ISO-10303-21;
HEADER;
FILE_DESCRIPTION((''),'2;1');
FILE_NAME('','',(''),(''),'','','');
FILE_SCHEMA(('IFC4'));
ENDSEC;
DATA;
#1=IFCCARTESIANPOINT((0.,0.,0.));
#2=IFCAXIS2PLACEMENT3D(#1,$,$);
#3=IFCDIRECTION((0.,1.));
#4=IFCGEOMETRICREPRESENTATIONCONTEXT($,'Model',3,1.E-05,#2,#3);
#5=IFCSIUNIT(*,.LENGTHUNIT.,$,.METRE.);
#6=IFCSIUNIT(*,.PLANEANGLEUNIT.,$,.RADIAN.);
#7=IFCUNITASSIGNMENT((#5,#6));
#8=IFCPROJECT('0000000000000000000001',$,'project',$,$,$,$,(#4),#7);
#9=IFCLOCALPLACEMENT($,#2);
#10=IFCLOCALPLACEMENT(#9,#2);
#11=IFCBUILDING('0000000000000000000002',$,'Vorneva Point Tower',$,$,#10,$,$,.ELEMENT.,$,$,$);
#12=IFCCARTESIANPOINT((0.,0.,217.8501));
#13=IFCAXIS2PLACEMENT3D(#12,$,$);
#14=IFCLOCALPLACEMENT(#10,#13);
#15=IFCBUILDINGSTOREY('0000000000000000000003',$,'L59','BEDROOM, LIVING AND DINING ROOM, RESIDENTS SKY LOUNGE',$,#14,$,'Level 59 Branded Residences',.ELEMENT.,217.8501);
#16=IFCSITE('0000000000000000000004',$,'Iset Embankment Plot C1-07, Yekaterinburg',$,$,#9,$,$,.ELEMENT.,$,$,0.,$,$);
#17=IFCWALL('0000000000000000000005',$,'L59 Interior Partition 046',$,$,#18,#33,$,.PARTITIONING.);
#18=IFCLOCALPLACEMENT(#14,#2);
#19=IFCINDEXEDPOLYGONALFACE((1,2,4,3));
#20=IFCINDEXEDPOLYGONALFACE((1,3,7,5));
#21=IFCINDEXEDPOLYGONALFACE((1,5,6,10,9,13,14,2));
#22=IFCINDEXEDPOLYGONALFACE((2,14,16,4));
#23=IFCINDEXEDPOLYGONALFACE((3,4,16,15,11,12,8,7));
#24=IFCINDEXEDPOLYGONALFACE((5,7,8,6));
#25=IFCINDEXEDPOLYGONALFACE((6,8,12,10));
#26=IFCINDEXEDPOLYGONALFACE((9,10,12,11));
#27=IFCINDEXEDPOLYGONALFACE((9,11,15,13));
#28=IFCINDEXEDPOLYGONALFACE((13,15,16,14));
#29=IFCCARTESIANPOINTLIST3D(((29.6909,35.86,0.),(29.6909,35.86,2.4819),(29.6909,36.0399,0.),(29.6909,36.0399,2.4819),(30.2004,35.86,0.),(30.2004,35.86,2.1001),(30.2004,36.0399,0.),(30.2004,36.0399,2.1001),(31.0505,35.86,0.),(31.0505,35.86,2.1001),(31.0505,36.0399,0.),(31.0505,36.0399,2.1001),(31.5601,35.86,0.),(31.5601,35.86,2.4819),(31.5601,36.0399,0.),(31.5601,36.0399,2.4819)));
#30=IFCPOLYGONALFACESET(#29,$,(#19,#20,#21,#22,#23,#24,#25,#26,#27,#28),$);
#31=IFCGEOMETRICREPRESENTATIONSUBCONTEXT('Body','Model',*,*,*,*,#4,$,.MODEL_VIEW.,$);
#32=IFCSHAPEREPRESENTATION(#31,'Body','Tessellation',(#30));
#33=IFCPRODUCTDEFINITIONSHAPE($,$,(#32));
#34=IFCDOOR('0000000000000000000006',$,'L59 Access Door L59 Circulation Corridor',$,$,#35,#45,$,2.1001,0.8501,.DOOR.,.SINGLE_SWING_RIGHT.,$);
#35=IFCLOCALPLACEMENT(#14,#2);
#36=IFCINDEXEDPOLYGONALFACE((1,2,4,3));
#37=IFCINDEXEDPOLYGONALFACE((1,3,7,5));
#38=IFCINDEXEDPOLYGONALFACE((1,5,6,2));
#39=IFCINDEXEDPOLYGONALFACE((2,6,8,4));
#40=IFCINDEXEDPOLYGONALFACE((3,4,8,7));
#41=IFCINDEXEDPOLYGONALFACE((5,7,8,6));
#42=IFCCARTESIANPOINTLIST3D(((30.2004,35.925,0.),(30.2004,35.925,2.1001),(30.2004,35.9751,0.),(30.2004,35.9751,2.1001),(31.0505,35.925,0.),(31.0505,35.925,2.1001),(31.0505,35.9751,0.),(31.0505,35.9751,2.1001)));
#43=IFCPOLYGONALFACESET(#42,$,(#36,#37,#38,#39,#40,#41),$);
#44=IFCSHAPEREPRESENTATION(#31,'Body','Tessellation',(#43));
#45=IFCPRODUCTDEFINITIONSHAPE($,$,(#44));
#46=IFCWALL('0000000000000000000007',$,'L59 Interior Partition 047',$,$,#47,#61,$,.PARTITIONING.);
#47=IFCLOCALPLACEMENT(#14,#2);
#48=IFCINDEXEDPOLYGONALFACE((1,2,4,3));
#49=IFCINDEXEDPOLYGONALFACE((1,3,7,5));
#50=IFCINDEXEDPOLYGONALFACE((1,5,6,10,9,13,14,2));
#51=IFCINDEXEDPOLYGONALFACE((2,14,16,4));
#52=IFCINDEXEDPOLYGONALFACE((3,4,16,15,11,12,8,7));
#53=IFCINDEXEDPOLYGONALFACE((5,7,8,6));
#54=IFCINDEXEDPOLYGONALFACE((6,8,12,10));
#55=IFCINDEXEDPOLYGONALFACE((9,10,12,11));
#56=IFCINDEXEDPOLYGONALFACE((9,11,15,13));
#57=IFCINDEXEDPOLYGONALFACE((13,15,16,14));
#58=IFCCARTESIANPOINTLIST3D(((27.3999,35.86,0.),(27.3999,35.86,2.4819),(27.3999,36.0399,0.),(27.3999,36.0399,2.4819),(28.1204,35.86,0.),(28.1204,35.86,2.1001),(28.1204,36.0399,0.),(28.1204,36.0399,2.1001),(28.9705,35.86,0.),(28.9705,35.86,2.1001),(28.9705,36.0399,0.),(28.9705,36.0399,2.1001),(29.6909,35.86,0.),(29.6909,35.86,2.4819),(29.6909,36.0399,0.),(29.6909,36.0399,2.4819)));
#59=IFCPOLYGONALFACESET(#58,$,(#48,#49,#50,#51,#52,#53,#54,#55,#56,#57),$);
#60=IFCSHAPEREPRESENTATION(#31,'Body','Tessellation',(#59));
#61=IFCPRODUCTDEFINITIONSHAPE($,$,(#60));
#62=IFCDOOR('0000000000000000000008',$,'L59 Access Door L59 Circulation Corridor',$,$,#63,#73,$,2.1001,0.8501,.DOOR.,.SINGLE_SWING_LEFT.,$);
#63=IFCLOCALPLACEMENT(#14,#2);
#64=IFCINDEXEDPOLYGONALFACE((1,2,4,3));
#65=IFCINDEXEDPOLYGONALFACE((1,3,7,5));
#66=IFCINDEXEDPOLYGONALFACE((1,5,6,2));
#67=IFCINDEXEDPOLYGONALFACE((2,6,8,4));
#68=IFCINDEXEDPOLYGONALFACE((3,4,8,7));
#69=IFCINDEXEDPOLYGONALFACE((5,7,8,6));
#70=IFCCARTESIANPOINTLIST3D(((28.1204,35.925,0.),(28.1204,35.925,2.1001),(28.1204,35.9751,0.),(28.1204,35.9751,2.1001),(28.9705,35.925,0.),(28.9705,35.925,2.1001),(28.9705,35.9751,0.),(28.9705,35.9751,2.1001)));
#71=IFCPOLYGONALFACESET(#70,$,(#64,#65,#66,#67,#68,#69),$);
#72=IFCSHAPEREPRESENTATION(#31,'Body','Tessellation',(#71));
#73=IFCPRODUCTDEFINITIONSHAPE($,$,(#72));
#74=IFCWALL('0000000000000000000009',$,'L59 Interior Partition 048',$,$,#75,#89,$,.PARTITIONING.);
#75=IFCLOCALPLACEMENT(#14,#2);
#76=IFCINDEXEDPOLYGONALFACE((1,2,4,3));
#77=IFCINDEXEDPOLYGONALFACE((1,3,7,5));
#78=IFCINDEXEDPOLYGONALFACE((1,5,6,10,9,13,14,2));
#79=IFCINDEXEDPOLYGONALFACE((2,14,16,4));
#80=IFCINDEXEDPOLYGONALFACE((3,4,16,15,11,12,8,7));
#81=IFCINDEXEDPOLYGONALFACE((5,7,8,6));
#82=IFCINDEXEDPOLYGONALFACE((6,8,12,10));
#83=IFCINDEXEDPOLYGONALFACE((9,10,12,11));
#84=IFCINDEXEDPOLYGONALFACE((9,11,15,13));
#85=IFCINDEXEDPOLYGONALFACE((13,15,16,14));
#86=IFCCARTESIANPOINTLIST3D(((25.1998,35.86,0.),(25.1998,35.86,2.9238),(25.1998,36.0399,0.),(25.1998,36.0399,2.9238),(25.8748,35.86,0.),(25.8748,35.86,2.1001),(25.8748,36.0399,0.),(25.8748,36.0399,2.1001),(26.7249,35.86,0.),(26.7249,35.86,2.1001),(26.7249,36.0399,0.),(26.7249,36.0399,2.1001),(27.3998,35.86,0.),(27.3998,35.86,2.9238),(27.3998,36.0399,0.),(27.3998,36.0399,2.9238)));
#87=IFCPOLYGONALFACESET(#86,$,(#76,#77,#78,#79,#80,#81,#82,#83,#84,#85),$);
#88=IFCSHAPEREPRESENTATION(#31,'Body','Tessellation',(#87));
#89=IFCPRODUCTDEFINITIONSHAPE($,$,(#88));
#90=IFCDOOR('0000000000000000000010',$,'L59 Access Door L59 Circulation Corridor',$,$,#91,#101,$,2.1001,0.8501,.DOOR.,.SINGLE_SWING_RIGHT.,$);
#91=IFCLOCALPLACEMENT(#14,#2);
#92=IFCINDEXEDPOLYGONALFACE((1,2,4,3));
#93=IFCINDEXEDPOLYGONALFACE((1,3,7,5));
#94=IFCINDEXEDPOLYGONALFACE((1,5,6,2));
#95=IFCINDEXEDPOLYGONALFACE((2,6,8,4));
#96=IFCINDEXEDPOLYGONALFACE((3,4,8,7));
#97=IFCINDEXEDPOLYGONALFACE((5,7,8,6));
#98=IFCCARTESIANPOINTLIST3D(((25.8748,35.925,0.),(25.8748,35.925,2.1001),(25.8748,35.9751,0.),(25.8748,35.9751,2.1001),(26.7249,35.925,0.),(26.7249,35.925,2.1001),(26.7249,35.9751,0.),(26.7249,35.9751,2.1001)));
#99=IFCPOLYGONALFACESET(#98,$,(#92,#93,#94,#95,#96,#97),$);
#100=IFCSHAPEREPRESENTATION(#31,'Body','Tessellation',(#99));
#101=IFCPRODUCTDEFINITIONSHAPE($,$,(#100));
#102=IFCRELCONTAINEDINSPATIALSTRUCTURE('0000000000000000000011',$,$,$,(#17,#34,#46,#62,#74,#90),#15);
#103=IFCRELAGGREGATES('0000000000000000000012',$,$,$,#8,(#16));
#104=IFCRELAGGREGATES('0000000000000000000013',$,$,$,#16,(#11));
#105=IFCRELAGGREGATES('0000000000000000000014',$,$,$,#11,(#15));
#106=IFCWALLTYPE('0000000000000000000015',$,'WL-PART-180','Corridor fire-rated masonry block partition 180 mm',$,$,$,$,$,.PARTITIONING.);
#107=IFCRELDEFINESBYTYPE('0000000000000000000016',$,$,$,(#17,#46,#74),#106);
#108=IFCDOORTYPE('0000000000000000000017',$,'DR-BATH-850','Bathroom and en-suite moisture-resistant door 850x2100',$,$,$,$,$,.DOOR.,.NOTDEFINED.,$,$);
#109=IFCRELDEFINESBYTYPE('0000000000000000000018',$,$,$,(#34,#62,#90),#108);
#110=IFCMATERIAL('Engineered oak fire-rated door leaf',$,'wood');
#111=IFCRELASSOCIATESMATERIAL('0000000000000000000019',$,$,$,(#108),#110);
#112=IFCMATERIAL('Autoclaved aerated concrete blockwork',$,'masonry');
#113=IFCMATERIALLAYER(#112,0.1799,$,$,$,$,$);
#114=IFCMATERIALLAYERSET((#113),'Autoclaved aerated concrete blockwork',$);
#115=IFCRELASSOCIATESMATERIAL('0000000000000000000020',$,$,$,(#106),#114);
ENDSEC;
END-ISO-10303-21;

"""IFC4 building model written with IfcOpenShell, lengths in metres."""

from ifc_helpers import new_model, si_unit, direction, frame, frame_2d, origin, place, context, subcontext, project, spatial, rectangle, extrude, material, layer, layer_set, type_object, element, fill, save


model = new_model("IFC4")

# Units and contexts
model_context = context("Model", 3, precision=1e-05, world=origin(), true_north=direction((0.0, 1.0)))
body_context = subcontext(model_context, "Body", "Model", "MODEL_VIEW")
ifc_project = project(units=[si_unit("LENGTHUNIT", "METRE"), si_unit("PLANEANGLEUNIT", "RADIAN")], contexts=[model_context])

# Site, building, storey
site_placement = place(None, origin())
site = spatial("IfcSite", under=ifc_project, at=site_placement, Name="Iset Embankment Plot C1-07, Yekaterinburg", CompositionType="ELEMENT", RefElevation=0.0)
building_placement = place(site_placement, origin())
building = spatial("IfcBuilding", under=site, at=building_placement, Name="Vorneva Point Tower", CompositionType="ELEMENT")
storey_placement = place(building_placement, frame((0.0, 0.0, 217.8501)))
storey = spatial("IfcBuildingStorey", under=building, at=storey_placement, Name="L59", Description="BEDROOM, LIVING AND DINING ROOM, RESIDENTS SKY LOUNGE", LongName="Level 59 Branded Residences", CompositionType="ELEMENT", Elevation=217.8501)

# Shared definitions
ifc_material_1 = material(Name="Engineered oak fire-rated door leaf", Category="wood")
door_type_1 = type_object("IfcDoorType", Name="DR-BATH-850", Description="Bathroom and en-suite moisture-resistant door 850x2100", OperationType="NOTDEFINED", PredefinedType="DOOR", material=ifc_material_1)

# Shared definitions
ifc_material_2 = material(Name="Autoclaved aerated concrete blockwork", Category="masonry")
ifc_layer_1 = layer(ifc_material_2, 0.1799)
ifc_layer_set_1 = layer_set([ifc_layer_1], Name="Autoclaved aerated concrete blockwork")
wall_type_1 = type_object("IfcWallType", Name="WL-PART-180", Description="Corridor fire-rated masonry block partition 180 mm", PredefinedType="PARTITIONING", material=ifc_layer_set_1)

# Walls, openings, doors
wall_1_placement = place(storey_placement, frame((31.5601, 35.95, 0.0), z_axis=(0.0, 0.0, 1.0), x_axis=(-1.0, 0.0, 0.0)))
wall_1 = element("IfcWall", 1, at=wall_1_placement, inside=storey, type_object=wall_type_1, Name="L59 Interior Partition 046", PredefinedType="PARTITIONING", context=body_context, shape_type="SweptSolid", body=[
    extrude(rectangle(XDim=1.8691, YDim=0.1799, at=frame_2d((0.9346, 0.0))), origin(), (0.0, 0.0, 1.0), 2.4819),
])
opening_1_placement = place(wall_1_placement, frame((0.5095, 0.0, 0.0)))
opening_1 = element("IfcOpeningElement", 2, at=opening_1_placement, cuts=wall_1, PredefinedType="OPENING", context=body_context, shape_type="SweptSolid", body=[
    extrude(rectangle(XDim=0.8501, YDim=2.1001, at=frame_2d((0.425, 1.05))), frame((0.0, 0.105, 0.0), z_axis=(0.0, -1.0, 0.0), x_axis=(1.0, 0.0, 0.0)), (0.0, 0.0, 1.0), 0.2097),
])
door_1_placement = place(opening_1_placement, origin())
door_1 = element("IfcDoor", 3, at=door_1_placement, inside=storey, type_object=door_type_1, Name="L59 Access Door L59 Circulation Corridor", OperationType="SINGLE_SWING_RIGHT", OverallHeight=2.1001, OverallWidth=0.8501, PredefinedType="DOOR", context=body_context, shape_type="SweptSolid", body=[
    extrude(rectangle(XDim=0.8501, YDim=2.1001, at=frame_2d((0.425, 1.05))), frame((0.0, 0.0249, 0.0), z_axis=(0.0, -1.0, 0.0), x_axis=(1.0, 0.0, 0.0)), (0.0, 0.0, 1.0), 0.05),
])
fill(opening_1, door_1)
wall_2_placement = place(storey_placement, frame((29.6909, 35.95, 0.0), z_axis=(0.0, 0.0, 1.0), x_axis=(-1.0, 0.0, 0.0)))
wall_2 = element("IfcWall", 4, at=wall_2_placement, inside=storey, type_object=wall_type_1, Name="L59 Interior Partition 047", PredefinedType="PARTITIONING", context=body_context, shape_type="SweptSolid", body=[
    extrude(rectangle(XDim=2.291, YDim=0.1799, at=frame_2d((1.1455, 0.0))), origin(), (0.0, 0.0, 1.0), 2.4819),
])
opening_2_placement = place(wall_2_placement, frame((0.7205, 0.0, 0.0)))
opening_2 = element("IfcOpeningElement", 5, at=opening_2_placement, cuts=wall_2, PredefinedType="OPENING", context=body_context, shape_type="SweptSolid", body=[
    extrude(rectangle(XDim=0.8501, YDim=2.1001, at=frame_2d((0.425, 1.05))), frame((0.0, 0.105, 0.0), z_axis=(0.0, -1.0, 0.0), x_axis=(1.0, 0.0, 0.0)), (0.0, 0.0, 1.0), 0.2097),
])
door_2_placement = place(opening_2_placement, origin())
door_2 = element("IfcDoor", 6, at=door_2_placement, inside=storey, type_object=door_type_1, Name="L59 Access Door L59 Circulation Corridor", OperationType="SINGLE_SWING_LEFT", OverallHeight=2.1001, OverallWidth=0.8501, PredefinedType="DOOR", context=body_context, shape_type="SweptSolid", body=[
    extrude(rectangle(XDim=0.8501, YDim=2.1001, at=frame_2d((0.425, 1.05))), frame((0.0, 0.0249, 0.0), z_axis=(0.0, -1.0, 0.0), x_axis=(1.0, 0.0, 0.0)), (0.0, 0.0, 1.0), 0.05),
])
fill(opening_2, door_2)
wall_3_placement = place(storey_placement, frame((27.3999, 35.95, 0.0), z_axis=(0.0, 0.0, 1.0), x_axis=(-1.0, 0.0, 0.0)))
wall_3 = element("IfcWall", 7, at=wall_3_placement, inside=storey, type_object=wall_type_1, Name="L59 Interior Partition 048", PredefinedType="PARTITIONING", context=body_context, shape_type="SweptSolid", body=[
    extrude(rectangle(XDim=2.2, YDim=0.1799, at=frame_2d((1.1001, 0.0))), origin(), (0.0, 0.0, 1.0), 2.9238),
])
opening_3_placement = place(wall_3_placement, frame((0.675, 0.0, 0.0)))
opening_3 = element("IfcOpeningElement", 8, at=opening_3_placement, cuts=wall_3, PredefinedType="OPENING", context=body_context, shape_type="SweptSolid", body=[
    extrude(rectangle(XDim=0.8501, YDim=2.1001, at=frame_2d((0.425, 1.05))), frame((0.0, 0.105, 0.0), z_axis=(0.0, -1.0, 0.0), x_axis=(1.0, 0.0, 0.0)), (0.0, 0.0, 1.0), 0.2097),
])
door_3_placement = place(opening_3_placement, origin())
door_3 = element("IfcDoor", 9, at=door_3_placement, inside=storey, type_object=door_type_1, Name="L59 Access Door L59 Circulation Corridor", OperationType="SINGLE_SWING_RIGHT", OverallHeight=2.1001, OverallWidth=0.8501, PredefinedType="DOOR", context=body_context, shape_type="SweptSolid", body=[
    extrude(rectangle(XDim=0.8501, YDim=2.1001, at=frame_2d((0.425, 1.05))), frame((0.0, 0.0249, 0.0), z_axis=(0.0, -1.0, 0.0), x_axis=(1.0, 0.0, 0.0)), (0.0, 0.0, 1.0), 0.05),
])
fill(opening_3, door_3)

save(model, "model.ifc")
